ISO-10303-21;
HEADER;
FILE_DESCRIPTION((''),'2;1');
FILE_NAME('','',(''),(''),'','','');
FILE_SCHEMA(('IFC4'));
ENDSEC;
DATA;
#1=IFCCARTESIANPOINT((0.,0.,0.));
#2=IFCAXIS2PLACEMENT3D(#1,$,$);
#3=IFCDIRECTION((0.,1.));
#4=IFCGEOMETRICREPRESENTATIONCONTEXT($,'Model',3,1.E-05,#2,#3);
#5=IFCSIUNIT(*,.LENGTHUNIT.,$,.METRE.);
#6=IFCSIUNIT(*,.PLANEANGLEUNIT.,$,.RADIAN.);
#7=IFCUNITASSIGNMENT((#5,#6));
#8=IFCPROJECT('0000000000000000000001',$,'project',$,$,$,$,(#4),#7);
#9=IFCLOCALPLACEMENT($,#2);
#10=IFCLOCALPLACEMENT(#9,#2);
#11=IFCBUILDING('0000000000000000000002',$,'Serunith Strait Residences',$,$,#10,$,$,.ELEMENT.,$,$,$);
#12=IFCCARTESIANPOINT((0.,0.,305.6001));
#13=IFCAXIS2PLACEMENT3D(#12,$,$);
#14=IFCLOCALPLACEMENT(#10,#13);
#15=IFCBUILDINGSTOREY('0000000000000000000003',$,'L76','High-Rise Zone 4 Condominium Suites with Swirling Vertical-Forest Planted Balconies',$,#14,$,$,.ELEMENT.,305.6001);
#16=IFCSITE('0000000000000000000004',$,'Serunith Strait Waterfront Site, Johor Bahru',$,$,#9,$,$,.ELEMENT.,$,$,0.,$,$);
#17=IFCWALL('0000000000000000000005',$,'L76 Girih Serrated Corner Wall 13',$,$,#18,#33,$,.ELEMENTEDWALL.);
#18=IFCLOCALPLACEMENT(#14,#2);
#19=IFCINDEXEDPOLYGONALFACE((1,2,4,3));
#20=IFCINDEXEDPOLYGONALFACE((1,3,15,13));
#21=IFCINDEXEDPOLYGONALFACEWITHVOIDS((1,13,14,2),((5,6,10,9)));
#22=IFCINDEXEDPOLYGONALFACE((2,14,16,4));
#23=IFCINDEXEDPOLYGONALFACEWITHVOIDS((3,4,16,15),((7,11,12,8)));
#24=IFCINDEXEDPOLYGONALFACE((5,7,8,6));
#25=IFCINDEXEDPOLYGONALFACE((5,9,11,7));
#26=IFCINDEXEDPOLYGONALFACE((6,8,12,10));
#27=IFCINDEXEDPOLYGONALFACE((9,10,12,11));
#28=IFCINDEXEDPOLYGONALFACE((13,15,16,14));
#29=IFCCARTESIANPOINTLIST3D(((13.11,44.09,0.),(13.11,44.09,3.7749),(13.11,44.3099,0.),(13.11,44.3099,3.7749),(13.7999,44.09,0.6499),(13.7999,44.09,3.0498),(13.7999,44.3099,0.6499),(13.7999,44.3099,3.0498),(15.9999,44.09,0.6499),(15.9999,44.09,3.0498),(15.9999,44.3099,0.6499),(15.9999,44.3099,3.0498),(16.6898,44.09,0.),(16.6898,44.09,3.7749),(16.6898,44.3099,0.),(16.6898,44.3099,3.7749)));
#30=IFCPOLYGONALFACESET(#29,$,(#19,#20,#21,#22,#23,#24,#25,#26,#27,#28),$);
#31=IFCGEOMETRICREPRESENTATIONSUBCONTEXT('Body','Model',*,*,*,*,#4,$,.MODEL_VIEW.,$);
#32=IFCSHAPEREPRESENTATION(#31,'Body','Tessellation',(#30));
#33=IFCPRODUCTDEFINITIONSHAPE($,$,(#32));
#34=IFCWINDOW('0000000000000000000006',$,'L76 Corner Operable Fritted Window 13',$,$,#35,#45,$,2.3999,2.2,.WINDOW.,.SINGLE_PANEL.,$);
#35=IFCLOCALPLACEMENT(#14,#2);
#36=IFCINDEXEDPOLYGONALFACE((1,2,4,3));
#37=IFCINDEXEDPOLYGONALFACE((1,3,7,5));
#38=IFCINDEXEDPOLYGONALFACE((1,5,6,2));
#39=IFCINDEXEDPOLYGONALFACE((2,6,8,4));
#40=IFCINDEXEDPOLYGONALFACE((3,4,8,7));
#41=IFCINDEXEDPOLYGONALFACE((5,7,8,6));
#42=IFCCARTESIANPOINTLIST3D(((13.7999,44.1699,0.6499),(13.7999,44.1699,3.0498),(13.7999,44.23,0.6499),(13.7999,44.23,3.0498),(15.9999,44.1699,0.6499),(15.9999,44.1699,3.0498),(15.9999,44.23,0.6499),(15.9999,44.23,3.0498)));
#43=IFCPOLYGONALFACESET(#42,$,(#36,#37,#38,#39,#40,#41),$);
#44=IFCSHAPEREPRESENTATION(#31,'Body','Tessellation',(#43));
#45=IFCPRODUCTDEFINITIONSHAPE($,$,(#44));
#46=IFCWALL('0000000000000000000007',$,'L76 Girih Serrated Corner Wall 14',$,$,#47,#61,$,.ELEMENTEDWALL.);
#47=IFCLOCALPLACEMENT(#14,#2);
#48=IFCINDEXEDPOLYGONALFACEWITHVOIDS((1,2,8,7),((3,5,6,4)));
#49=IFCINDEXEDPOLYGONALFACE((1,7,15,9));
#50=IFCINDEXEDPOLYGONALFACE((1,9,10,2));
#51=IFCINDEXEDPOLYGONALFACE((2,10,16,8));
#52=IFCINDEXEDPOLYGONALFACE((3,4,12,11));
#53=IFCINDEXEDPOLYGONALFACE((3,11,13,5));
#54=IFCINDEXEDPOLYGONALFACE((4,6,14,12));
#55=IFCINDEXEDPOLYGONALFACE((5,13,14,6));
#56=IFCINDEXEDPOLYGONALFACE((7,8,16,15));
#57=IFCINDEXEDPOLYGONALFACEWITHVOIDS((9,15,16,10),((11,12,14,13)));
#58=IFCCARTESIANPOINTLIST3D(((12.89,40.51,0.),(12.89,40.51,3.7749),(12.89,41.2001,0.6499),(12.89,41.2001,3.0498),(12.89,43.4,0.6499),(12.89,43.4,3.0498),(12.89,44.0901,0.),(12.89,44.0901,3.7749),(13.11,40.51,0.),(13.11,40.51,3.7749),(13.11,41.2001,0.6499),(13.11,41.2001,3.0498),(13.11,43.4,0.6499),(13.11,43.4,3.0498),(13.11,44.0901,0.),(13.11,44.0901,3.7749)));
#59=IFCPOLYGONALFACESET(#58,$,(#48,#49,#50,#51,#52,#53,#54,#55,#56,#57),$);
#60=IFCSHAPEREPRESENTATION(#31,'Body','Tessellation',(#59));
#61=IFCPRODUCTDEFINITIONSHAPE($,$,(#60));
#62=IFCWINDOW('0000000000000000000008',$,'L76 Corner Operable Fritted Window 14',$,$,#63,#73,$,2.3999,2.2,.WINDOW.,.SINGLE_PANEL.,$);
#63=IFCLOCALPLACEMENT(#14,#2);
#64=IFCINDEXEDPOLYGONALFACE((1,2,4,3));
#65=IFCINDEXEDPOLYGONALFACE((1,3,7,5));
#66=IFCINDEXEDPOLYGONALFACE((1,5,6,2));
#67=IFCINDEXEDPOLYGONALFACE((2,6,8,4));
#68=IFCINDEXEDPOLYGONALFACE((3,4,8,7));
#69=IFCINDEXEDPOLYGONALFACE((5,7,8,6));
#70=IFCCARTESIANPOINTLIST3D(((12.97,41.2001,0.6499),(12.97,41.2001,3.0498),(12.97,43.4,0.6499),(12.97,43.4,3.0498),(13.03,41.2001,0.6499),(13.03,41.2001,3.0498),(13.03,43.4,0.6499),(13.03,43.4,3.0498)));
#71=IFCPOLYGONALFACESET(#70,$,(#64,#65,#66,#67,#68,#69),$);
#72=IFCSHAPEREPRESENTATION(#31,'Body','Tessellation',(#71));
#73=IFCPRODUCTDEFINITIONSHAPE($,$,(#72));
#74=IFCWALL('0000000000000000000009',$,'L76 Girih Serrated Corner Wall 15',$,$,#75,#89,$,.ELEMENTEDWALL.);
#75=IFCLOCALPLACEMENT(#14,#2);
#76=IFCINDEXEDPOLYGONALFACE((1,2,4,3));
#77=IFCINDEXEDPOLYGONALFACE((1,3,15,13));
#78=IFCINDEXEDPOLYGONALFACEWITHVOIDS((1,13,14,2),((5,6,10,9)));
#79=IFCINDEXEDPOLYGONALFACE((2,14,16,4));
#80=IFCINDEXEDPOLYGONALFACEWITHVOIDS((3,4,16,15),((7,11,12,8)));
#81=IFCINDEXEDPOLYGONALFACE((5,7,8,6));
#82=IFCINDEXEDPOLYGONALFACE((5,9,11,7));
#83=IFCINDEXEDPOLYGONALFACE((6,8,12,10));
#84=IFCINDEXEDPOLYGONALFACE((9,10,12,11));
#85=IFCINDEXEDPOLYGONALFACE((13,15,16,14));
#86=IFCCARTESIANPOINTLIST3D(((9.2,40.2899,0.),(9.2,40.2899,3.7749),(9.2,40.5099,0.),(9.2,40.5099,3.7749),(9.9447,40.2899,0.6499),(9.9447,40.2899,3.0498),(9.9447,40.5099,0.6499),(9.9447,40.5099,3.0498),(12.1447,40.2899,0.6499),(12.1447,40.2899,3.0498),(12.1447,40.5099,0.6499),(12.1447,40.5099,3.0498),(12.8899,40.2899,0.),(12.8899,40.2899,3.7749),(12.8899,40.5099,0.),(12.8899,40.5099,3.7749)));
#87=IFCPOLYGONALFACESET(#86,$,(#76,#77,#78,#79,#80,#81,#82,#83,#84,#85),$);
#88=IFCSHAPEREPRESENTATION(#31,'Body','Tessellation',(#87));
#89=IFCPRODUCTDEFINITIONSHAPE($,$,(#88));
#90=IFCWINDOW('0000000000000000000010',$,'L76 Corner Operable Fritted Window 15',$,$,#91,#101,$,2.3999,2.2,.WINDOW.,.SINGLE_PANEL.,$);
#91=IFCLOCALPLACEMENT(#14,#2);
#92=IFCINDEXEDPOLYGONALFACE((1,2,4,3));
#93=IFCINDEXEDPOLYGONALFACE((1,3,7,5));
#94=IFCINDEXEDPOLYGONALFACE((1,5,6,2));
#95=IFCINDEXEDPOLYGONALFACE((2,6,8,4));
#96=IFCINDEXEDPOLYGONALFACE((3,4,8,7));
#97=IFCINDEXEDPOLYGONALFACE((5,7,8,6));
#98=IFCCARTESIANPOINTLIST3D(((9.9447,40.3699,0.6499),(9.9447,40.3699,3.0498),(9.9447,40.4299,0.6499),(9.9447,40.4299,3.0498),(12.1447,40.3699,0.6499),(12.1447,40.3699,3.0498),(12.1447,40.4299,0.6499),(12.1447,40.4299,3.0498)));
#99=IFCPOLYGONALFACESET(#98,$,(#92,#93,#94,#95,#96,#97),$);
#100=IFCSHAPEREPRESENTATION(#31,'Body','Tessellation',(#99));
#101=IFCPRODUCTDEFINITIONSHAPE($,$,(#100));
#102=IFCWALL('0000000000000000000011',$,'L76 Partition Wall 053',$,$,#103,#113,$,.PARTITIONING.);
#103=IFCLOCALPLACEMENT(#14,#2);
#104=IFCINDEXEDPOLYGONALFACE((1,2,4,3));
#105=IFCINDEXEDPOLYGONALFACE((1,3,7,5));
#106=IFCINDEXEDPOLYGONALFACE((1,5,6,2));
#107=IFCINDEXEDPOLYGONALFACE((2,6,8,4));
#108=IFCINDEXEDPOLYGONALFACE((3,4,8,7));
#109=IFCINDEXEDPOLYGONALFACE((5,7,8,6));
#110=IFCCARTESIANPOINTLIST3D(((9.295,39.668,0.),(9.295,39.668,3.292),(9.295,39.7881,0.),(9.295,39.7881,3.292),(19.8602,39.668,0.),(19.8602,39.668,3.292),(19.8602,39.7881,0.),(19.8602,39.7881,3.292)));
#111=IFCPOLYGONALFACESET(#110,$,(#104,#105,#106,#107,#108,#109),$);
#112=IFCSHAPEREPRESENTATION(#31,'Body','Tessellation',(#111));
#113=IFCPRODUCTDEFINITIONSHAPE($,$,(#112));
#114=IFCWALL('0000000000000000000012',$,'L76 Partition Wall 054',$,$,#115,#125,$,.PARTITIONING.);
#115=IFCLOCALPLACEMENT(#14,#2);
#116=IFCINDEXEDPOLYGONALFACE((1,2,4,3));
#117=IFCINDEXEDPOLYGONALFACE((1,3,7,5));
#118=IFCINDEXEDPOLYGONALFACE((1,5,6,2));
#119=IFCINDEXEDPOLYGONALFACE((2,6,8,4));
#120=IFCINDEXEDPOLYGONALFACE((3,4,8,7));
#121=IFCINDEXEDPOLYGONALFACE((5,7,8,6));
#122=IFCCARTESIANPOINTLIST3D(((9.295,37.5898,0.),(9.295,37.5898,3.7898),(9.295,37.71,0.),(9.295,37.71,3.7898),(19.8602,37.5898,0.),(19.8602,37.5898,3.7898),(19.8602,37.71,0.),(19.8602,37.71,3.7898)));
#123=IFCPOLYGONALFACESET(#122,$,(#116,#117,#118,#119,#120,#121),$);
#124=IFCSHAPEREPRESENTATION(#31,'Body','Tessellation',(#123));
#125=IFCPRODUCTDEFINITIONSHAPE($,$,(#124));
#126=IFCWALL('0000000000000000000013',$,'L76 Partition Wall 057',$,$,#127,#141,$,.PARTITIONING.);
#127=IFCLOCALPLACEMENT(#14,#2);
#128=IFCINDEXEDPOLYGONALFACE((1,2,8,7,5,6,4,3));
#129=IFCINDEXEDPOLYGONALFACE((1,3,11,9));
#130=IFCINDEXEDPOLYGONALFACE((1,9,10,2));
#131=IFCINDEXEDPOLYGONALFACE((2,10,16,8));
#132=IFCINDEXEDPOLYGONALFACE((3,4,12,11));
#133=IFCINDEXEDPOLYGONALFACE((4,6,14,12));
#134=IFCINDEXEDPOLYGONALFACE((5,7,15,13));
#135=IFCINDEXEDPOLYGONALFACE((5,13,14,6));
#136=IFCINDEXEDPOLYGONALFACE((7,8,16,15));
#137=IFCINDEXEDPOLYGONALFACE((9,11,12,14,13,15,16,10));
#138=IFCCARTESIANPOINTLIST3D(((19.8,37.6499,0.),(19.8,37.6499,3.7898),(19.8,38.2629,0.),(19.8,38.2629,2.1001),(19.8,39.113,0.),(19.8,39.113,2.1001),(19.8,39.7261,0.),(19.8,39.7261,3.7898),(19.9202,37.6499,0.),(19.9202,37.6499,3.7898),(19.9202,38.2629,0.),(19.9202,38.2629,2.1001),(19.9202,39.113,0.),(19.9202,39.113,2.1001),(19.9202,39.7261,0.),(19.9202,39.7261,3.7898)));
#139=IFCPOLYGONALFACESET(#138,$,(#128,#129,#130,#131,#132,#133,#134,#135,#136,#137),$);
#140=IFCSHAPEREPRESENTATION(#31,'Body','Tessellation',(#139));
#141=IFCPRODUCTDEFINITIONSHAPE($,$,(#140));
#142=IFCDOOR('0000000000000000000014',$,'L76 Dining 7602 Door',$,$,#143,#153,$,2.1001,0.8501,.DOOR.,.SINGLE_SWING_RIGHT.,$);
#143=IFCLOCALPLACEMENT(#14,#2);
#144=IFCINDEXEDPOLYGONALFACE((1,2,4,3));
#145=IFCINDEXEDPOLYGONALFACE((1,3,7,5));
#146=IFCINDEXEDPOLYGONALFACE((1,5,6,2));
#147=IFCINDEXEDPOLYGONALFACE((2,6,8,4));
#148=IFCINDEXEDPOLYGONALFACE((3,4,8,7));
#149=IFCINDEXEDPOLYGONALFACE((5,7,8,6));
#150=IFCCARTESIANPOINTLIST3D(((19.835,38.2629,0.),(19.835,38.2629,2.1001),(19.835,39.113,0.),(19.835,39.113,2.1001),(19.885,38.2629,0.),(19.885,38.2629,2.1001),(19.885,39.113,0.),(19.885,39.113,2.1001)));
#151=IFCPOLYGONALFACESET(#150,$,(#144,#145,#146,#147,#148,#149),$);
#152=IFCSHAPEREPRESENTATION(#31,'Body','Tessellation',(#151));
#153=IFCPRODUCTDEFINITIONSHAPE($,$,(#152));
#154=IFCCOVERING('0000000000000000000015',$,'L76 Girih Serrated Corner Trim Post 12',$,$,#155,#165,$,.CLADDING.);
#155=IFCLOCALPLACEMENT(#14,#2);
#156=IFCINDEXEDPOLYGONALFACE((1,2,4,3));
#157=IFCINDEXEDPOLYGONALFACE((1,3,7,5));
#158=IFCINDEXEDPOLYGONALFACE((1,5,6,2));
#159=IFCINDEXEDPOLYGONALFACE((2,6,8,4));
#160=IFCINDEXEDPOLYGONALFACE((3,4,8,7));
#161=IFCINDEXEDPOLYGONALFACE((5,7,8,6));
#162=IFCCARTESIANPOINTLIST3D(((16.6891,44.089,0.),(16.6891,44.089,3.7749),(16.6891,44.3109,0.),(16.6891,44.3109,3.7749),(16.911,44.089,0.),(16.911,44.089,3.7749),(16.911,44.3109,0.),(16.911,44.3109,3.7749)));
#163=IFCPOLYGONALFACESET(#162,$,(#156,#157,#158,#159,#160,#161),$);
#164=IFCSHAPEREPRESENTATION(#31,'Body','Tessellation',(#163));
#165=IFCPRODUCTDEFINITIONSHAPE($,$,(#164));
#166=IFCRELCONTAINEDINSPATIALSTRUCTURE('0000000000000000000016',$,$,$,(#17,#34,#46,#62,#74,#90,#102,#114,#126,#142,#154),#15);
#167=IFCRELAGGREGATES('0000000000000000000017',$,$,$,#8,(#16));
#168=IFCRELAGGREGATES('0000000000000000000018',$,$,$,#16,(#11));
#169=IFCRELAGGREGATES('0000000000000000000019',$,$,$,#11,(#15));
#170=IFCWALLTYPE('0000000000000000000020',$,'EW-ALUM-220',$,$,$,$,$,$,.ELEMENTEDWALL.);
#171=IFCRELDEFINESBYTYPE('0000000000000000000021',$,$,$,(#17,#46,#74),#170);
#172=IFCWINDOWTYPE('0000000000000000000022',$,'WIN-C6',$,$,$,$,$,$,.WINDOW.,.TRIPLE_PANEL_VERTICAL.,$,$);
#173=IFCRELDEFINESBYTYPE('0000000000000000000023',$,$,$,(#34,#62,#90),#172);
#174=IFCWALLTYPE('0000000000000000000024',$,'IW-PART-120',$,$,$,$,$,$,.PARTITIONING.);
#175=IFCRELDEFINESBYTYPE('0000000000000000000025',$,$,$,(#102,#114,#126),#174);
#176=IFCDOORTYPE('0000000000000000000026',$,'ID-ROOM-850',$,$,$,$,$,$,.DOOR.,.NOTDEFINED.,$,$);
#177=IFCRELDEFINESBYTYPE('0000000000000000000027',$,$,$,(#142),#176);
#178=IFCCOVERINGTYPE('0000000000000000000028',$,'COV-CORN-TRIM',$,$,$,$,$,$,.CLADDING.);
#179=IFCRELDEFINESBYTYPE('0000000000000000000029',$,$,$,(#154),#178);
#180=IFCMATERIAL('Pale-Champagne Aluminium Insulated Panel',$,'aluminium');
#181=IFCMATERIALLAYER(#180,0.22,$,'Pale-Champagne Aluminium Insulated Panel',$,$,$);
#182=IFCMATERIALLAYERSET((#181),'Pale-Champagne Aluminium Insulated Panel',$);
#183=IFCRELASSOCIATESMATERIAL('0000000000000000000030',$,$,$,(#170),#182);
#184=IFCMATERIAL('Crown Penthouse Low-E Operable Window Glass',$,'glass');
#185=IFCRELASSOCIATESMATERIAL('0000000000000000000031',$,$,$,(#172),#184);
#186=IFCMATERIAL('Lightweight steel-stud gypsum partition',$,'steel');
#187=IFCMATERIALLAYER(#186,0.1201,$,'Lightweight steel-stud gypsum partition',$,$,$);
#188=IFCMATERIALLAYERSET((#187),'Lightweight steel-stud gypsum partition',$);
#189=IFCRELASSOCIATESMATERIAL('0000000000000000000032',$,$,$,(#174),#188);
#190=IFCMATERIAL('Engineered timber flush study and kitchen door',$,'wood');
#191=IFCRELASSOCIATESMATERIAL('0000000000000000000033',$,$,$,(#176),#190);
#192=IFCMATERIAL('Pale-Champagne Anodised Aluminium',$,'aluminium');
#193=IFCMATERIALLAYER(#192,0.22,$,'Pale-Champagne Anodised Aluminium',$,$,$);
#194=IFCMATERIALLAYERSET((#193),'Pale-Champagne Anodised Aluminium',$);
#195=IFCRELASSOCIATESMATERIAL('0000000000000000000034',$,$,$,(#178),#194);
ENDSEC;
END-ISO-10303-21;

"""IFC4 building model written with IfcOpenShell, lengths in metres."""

from ifc_helpers import new_model, si_unit, direction, frame, frame_2d, origin, origin_2d, place, context, subcontext, project, spatial, rectangle, extrude, source, transform, mapped, material, layer, layer_set, type_object, element, fill, save


model = new_model("IFC4")

# Units and contexts
model_context = context("Model", 3, precision=1e-05, world=origin(), true_north=direction((0.0, 1.0)))
body_context = subcontext(model_context, "Body", "Model", "MODEL_VIEW")
ifc_project = project(units=[si_unit("LENGTHUNIT", "METRE"), si_unit("PLANEANGLEUNIT", "RADIAN")], contexts=[model_context])

# Site, building, storey
site_placement = place(None, origin())
site = spatial("IfcSite", under=ifc_project, at=site_placement, Name="Serunith Strait Waterfront Site, Johor Bahru", CompositionType="ELEMENT", RefElevation=0.0)
building_placement = place(site_placement, origin())
building = spatial("IfcBuilding", under=site, at=building_placement, Name="Serunith Strait Residences", CompositionType="ELEMENT")
storey_placement = place(building_placement, frame((0.0, 0.0, 305.6001)))
storey = spatial("IfcBuildingStorey", under=building, at=storey_placement, Name="L76", Description="High-Rise Zone 4 Condominium Suites with Swirling Vertical-Forest Planted Balconies", CompositionType="ELEMENT", Elevation=305.6001)

# Walls, openings, windows
ifc_material_1 = material(Name="Pale-Champagne Aluminium Insulated Panel", Category="aluminium")
ifc_layer_1 = layer(ifc_material_1, 0.22, Name="Pale-Champagne Aluminium Insulated Panel")
ifc_layer_set_1 = layer_set([ifc_layer_1], Name="Pale-Champagne Aluminium Insulated Panel")
wall_type_1 = type_object("IfcWallType", Name="EW-ALUM-220", PredefinedType="ELEMENTEDWALL", material=ifc_layer_set_1)
ifc_material_2 = material(Name="Crown Penthouse Low-E Operable Window Glass", Category="glass")
window_type = type_object("IfcWindowType", Name="WIN-C6", PartitioningType="TRIPLE_PANEL_VERTICAL", PredefinedType="WINDOW", material=ifc_material_2)
shared_shape_1 = source(origin(), body_context, "Body", "SweptSolid", [
    extrude(rectangle(XDim=2.2, YDim=2.3999, at=frame_2d((1.1001, 1.2))), frame((0.0, 0.03, 0.0), z_axis=(0.0, -1.0, 0.0), x_axis=(1.0, 0.0, 0.0)), (0.0, 0.0, 1.0), 0.0601),
])
wall_1_placement = place(storey_placement, frame((16.6899, 44.2, 0.0), z_axis=(0.0, 0.0, 1.0), x_axis=(-1.0, 0.0, 0.0)))
wall_1 = element("IfcWall", 1, at=wall_1_placement, inside=storey, type_object=wall_type_1, Name="L76 Girih Serrated Corner Wall 13", PredefinedType="ELEMENTEDWALL", context=body_context, shape_type="SweptSolid", body=[
    extrude(rectangle(XDim=3.5798, YDim=0.22, at=frame_2d((1.79, 0.0))), origin(), (0.0, 0.0, 1.0), 3.7749),
])
opening_1_placement = place(wall_1_placement, frame((0.6899, 0.0, 0.6499)))
opening_1 = element("IfcOpeningElement", 2, at=opening_1_placement, cuts=wall_1, PredefinedType="OPENING", context=body_context, shape_type="SweptSolid", body=[
    extrude(rectangle(XDim=2.2, YDim=2.3999, at=frame_2d((1.1001, 1.2))), frame((0.0, 0.1201, 0.0), z_axis=(0.0, -1.0, 0.0), x_axis=(1.0, 0.0, 0.0)), (0.0, 0.0, 1.0), 0.24),
])
window_1_placement = place(opening_1_placement, origin())
window_1 = element("IfcWindow", 3, at=window_1_placement, inside=storey, type_object=window_type, Name="L76 Corner Operable Fritted Window 13", OverallHeight=2.3999, OverallWidth=2.2, PartitioningType="SINGLE_PANEL", PredefinedType="WINDOW", context=body_context, shape_type="MappedRepresentation", body=[
    mapped(shared_shape_1, transform((0.0, 0.0, 0.0), scale=1.0)),
])
fill(opening_1, window_1)
wall_2_placement = place(storey_placement, frame((13.0, 44.0901, 0.0), z_axis=(0.0, 0.0, 1.0), x_axis=(0.0, -1.0, 0.0)))
wall_2 = element("IfcWall", 4, at=wall_2_placement, inside=storey, type_object=wall_type_1, Name="L76 Girih Serrated Corner Wall 14", PredefinedType="ELEMENTEDWALL", context=body_context, shape_type="SweptSolid", body=[
    extrude(rectangle(XDim=3.5801, YDim=0.22, at=frame_2d((1.79, 0.0))), origin(), (0.0, 0.0, 1.0), 3.7749),
])
opening_2_placement = place(wall_2_placement, frame((0.6899, 0.0, 0.6499)))
opening_2 = element("IfcOpeningElement", 5, at=opening_2_placement, cuts=wall_2, PredefinedType="OPENING", context=body_context, shape_type="SweptSolid", body=[
    extrude(rectangle(XDim=2.2, YDim=2.3999, at=frame_2d((1.1001, 1.2))), frame((0.0, 0.1201, 0.0), z_axis=(0.0, -1.0, 0.0), x_axis=(1.0, 0.0, 0.0)), (0.0, 0.0, 1.0), 0.24),
])
window_2_placement = place(opening_2_placement, origin())
window_2 = element("IfcWindow", 6, at=window_2_placement, inside=storey, type_object=window_type, Name="L76 Corner Operable Fritted Window 14", OverallHeight=2.3999, OverallWidth=2.2, PartitioningType="SINGLE_PANEL", PredefinedType="WINDOW", context=body_context, shape_type="MappedRepresentation", body=[
    mapped(shared_shape_1, transform((0.0, 0.0, 0.0), scale=1.0)),
])
fill(opening_2, window_2)
wall_3_placement = place(storey_placement, frame((12.8899, 40.3999, 0.0), z_axis=(0.0, 0.0, 1.0), x_axis=(-1.0, 0.0, 0.0)))
wall_3 = element("IfcWall", 7, at=wall_3_placement, inside=storey, type_object=wall_type_1, Name="L76 Girih Serrated Corner Wall 15", PredefinedType="ELEMENTEDWALL", context=body_context, shape_type="SweptSolid", body=[
    extrude(rectangle(XDim=3.6899, YDim=0.22, at=frame_2d((1.845, 0.0))), origin(), (0.0, 0.0, 1.0), 3.7749),
])
opening_3_placement = place(wall_3_placement, frame((0.7451, 0.0, 0.6499)))
opening_3 = element("IfcOpeningElement", 8, at=opening_3_placement, cuts=wall_3, PredefinedType="OPENING", context=body_context, shape_type="SweptSolid", body=[
    extrude(rectangle(XDim=2.2, YDim=2.3999, at=frame_2d((1.1001, 1.2))), frame((0.0, 0.1201, 0.0), z_axis=(0.0, -1.0, 0.0), x_axis=(1.0, 0.0, 0.0)), (0.0, 0.0, 1.0), 0.24),
])
window_3_placement = place(opening_3_placement, origin())
window_3 = element("IfcWindow", 9, at=window_3_placement, inside=storey, type_object=window_type, Name="L76 Corner Operable Fritted Window 15", OverallHeight=2.3999, OverallWidth=2.2, PartitioningType="SINGLE_PANEL", PredefinedType="WINDOW", context=body_context, shape_type="MappedRepresentation", body=[
    mapped(shared_shape_1, transform((0.0, 0.0, 0.0), scale=1.0)),
])
fill(opening_3, window_3)

# Walls
ifc_material_3 = material(Name="Lightweight steel-stud gypsum partition", Category="steel")
ifc_layer_2 = layer(ifc_material_3, 0.1201, Name="Lightweight steel-stud gypsum partition")
ifc_layer_set_2 = layer_set([ifc_layer_2], Name="Lightweight steel-stud gypsum partition")
wall_type_2 = type_object("IfcWallType", Name="IW-PART-120", PredefinedType="PARTITIONING", material=ifc_layer_set_2)
wall_4_placement = place(storey_placement, frame((9.2949, 39.728, 0.0), z_axis=(0.0, 0.0, 1.0), x_axis=(1.0, 0.0, 0.0)))
element("IfcWall", 10, at=wall_4_placement, inside=storey, type_object=wall_type_2, Name="L76 Partition Wall 053", PredefinedType="PARTITIONING", context=body_context, shape_type="SweptSolid", body=[
    extrude(rectangle(XDim=10.5652, YDim=0.1201, at=frame_2d((5.2827, 0.0))), origin(), (0.0, 0.0, 1.0), 3.292),
])
wall_5_placement = place(storey_placement, frame((9.2949, 37.6499, 0.0), z_axis=(0.0, 0.0, 1.0), x_axis=(1.0, 0.0, 0.0)))
element("IfcWall", 11, at=wall_5_placement, inside=storey, type_object=wall_type_2, Name="L76 Partition Wall 054", PredefinedType="PARTITIONING", context=body_context, shape_type="SweptSolid", body=[
    extrude(rectangle(XDim=10.5652, YDim=0.1201, at=frame_2d((5.2827, 0.0))), origin(), (0.0, 0.0, 1.0), 3.7898),
])

# Wall, opening, door
wall_6_placement = place(storey_placement, frame((19.8601, 39.7261, 0.0), z_axis=(0.0, 0.0, 1.0), x_axis=(0.0, -1.0, 0.0)))
wall_6 = element("IfcWall", 12, at=wall_6_placement, inside=storey, type_object=wall_type_2, Name="L76 Partition Wall 057", PredefinedType="PARTITIONING", context=body_context, shape_type="SweptSolid", body=[
    extrude(rectangle(XDim=2.0762, YDim=0.1201, at=frame_2d((1.0381, 0.0))), origin(), (0.0, 0.0, 1.0), 3.7898),
])
opening_4_placement = place(wall_6_placement, frame((0.613, 0.0, 0.0)))
opening_4 = element("IfcOpeningElement", 13, at=opening_4_placement, cuts=wall_6, PredefinedType="OPENING", context=body_context, shape_type="SweptSolid", body=[
    extrude(rectangle(XDim=0.8501, YDim=2.1001, at=frame_2d((0.425, 1.05))), frame((0.0, 0.0701, 0.0), z_axis=(0.0, -1.0, 0.0), x_axis=(1.0, 0.0, 0.0)), (0.0, 0.0, 1.0), 0.1401),
])
ifc_material_4 = material(Name="Engineered timber flush study and kitchen door", Category="wood")
door_type = type_object("IfcDoorType", Name="ID-ROOM-850", OperationType="NOTDEFINED", PredefinedType="DOOR", material=ifc_material_4)
shared_shape_2 = source(origin(), body_context, "Body", "SweptSolid", [
    extrude(rectangle(XDim=0.8501, YDim=2.1001, at=frame_2d((0.425, 1.05))), frame((0.0, 0.0249, 0.0), z_axis=(0.0, -1.0, 0.0), x_axis=(1.0, 0.0, 0.0)), (0.0, 0.0, 1.0), 0.05),
])
door_placement = place(opening_4_placement, origin())
door = element("IfcDoor", 14, at=door_placement, inside=storey, type_object=door_type, Name="L76 Dining 7602 Door", OperationType="SINGLE_SWING_RIGHT", OverallHeight=2.1001, OverallWidth=0.8501, PredefinedType="DOOR", context=body_context, shape_type="MappedRepresentation", body=[
    mapped(shared_shape_2, transform((0.0, 0.0, 0.0), scale=1.0)),
])
fill(opening_4, door)

# Covering
ifc_material_5 = material(Name="Pale-Champagne Anodised Aluminium", Category="aluminium")
ifc_layer_3 = layer(ifc_material_5, 0.22, Name="Pale-Champagne Anodised Aluminium")
ifc_layer_set_3 = layer_set([ifc_layer_3], Name="Pale-Champagne Anodised Aluminium")
covering_type = type_object("IfcCoveringType", Name="COV-CORN-TRIM", PredefinedType="CLADDING", material=ifc_layer_set_3)
shared_shape_3 = source(origin(), body_context, "Body", "SweptSolid", [
    extrude(rectangle(XDim=0.2219, YDim=0.2219, at=origin_2d()), origin(), (0.0, 0.0, 1.0), 3.7749),
])
for number, where, z_axis, x_axis, name in (
    (15, (16.8, 44.2, 0.0), (0.0, 0.0, 1.0), (1.0, 0.0, 0.0), "L76 Girih Serrated Corner Trim Post 12"),
):
    element("IfcCovering", number, at=place(storey_placement, frame(where, z_axis=z_axis, x_axis=x_axis)), inside=storey, type_object=covering_type, Name=name, PredefinedType="CLADDING", context=body_context, shape_type="MappedRepresentation", body=[
        mapped(shared_shape_3, transform((0.0, 0.0, 0.0), scale=1.0)),
    ])

save(model, "model.ifc")
